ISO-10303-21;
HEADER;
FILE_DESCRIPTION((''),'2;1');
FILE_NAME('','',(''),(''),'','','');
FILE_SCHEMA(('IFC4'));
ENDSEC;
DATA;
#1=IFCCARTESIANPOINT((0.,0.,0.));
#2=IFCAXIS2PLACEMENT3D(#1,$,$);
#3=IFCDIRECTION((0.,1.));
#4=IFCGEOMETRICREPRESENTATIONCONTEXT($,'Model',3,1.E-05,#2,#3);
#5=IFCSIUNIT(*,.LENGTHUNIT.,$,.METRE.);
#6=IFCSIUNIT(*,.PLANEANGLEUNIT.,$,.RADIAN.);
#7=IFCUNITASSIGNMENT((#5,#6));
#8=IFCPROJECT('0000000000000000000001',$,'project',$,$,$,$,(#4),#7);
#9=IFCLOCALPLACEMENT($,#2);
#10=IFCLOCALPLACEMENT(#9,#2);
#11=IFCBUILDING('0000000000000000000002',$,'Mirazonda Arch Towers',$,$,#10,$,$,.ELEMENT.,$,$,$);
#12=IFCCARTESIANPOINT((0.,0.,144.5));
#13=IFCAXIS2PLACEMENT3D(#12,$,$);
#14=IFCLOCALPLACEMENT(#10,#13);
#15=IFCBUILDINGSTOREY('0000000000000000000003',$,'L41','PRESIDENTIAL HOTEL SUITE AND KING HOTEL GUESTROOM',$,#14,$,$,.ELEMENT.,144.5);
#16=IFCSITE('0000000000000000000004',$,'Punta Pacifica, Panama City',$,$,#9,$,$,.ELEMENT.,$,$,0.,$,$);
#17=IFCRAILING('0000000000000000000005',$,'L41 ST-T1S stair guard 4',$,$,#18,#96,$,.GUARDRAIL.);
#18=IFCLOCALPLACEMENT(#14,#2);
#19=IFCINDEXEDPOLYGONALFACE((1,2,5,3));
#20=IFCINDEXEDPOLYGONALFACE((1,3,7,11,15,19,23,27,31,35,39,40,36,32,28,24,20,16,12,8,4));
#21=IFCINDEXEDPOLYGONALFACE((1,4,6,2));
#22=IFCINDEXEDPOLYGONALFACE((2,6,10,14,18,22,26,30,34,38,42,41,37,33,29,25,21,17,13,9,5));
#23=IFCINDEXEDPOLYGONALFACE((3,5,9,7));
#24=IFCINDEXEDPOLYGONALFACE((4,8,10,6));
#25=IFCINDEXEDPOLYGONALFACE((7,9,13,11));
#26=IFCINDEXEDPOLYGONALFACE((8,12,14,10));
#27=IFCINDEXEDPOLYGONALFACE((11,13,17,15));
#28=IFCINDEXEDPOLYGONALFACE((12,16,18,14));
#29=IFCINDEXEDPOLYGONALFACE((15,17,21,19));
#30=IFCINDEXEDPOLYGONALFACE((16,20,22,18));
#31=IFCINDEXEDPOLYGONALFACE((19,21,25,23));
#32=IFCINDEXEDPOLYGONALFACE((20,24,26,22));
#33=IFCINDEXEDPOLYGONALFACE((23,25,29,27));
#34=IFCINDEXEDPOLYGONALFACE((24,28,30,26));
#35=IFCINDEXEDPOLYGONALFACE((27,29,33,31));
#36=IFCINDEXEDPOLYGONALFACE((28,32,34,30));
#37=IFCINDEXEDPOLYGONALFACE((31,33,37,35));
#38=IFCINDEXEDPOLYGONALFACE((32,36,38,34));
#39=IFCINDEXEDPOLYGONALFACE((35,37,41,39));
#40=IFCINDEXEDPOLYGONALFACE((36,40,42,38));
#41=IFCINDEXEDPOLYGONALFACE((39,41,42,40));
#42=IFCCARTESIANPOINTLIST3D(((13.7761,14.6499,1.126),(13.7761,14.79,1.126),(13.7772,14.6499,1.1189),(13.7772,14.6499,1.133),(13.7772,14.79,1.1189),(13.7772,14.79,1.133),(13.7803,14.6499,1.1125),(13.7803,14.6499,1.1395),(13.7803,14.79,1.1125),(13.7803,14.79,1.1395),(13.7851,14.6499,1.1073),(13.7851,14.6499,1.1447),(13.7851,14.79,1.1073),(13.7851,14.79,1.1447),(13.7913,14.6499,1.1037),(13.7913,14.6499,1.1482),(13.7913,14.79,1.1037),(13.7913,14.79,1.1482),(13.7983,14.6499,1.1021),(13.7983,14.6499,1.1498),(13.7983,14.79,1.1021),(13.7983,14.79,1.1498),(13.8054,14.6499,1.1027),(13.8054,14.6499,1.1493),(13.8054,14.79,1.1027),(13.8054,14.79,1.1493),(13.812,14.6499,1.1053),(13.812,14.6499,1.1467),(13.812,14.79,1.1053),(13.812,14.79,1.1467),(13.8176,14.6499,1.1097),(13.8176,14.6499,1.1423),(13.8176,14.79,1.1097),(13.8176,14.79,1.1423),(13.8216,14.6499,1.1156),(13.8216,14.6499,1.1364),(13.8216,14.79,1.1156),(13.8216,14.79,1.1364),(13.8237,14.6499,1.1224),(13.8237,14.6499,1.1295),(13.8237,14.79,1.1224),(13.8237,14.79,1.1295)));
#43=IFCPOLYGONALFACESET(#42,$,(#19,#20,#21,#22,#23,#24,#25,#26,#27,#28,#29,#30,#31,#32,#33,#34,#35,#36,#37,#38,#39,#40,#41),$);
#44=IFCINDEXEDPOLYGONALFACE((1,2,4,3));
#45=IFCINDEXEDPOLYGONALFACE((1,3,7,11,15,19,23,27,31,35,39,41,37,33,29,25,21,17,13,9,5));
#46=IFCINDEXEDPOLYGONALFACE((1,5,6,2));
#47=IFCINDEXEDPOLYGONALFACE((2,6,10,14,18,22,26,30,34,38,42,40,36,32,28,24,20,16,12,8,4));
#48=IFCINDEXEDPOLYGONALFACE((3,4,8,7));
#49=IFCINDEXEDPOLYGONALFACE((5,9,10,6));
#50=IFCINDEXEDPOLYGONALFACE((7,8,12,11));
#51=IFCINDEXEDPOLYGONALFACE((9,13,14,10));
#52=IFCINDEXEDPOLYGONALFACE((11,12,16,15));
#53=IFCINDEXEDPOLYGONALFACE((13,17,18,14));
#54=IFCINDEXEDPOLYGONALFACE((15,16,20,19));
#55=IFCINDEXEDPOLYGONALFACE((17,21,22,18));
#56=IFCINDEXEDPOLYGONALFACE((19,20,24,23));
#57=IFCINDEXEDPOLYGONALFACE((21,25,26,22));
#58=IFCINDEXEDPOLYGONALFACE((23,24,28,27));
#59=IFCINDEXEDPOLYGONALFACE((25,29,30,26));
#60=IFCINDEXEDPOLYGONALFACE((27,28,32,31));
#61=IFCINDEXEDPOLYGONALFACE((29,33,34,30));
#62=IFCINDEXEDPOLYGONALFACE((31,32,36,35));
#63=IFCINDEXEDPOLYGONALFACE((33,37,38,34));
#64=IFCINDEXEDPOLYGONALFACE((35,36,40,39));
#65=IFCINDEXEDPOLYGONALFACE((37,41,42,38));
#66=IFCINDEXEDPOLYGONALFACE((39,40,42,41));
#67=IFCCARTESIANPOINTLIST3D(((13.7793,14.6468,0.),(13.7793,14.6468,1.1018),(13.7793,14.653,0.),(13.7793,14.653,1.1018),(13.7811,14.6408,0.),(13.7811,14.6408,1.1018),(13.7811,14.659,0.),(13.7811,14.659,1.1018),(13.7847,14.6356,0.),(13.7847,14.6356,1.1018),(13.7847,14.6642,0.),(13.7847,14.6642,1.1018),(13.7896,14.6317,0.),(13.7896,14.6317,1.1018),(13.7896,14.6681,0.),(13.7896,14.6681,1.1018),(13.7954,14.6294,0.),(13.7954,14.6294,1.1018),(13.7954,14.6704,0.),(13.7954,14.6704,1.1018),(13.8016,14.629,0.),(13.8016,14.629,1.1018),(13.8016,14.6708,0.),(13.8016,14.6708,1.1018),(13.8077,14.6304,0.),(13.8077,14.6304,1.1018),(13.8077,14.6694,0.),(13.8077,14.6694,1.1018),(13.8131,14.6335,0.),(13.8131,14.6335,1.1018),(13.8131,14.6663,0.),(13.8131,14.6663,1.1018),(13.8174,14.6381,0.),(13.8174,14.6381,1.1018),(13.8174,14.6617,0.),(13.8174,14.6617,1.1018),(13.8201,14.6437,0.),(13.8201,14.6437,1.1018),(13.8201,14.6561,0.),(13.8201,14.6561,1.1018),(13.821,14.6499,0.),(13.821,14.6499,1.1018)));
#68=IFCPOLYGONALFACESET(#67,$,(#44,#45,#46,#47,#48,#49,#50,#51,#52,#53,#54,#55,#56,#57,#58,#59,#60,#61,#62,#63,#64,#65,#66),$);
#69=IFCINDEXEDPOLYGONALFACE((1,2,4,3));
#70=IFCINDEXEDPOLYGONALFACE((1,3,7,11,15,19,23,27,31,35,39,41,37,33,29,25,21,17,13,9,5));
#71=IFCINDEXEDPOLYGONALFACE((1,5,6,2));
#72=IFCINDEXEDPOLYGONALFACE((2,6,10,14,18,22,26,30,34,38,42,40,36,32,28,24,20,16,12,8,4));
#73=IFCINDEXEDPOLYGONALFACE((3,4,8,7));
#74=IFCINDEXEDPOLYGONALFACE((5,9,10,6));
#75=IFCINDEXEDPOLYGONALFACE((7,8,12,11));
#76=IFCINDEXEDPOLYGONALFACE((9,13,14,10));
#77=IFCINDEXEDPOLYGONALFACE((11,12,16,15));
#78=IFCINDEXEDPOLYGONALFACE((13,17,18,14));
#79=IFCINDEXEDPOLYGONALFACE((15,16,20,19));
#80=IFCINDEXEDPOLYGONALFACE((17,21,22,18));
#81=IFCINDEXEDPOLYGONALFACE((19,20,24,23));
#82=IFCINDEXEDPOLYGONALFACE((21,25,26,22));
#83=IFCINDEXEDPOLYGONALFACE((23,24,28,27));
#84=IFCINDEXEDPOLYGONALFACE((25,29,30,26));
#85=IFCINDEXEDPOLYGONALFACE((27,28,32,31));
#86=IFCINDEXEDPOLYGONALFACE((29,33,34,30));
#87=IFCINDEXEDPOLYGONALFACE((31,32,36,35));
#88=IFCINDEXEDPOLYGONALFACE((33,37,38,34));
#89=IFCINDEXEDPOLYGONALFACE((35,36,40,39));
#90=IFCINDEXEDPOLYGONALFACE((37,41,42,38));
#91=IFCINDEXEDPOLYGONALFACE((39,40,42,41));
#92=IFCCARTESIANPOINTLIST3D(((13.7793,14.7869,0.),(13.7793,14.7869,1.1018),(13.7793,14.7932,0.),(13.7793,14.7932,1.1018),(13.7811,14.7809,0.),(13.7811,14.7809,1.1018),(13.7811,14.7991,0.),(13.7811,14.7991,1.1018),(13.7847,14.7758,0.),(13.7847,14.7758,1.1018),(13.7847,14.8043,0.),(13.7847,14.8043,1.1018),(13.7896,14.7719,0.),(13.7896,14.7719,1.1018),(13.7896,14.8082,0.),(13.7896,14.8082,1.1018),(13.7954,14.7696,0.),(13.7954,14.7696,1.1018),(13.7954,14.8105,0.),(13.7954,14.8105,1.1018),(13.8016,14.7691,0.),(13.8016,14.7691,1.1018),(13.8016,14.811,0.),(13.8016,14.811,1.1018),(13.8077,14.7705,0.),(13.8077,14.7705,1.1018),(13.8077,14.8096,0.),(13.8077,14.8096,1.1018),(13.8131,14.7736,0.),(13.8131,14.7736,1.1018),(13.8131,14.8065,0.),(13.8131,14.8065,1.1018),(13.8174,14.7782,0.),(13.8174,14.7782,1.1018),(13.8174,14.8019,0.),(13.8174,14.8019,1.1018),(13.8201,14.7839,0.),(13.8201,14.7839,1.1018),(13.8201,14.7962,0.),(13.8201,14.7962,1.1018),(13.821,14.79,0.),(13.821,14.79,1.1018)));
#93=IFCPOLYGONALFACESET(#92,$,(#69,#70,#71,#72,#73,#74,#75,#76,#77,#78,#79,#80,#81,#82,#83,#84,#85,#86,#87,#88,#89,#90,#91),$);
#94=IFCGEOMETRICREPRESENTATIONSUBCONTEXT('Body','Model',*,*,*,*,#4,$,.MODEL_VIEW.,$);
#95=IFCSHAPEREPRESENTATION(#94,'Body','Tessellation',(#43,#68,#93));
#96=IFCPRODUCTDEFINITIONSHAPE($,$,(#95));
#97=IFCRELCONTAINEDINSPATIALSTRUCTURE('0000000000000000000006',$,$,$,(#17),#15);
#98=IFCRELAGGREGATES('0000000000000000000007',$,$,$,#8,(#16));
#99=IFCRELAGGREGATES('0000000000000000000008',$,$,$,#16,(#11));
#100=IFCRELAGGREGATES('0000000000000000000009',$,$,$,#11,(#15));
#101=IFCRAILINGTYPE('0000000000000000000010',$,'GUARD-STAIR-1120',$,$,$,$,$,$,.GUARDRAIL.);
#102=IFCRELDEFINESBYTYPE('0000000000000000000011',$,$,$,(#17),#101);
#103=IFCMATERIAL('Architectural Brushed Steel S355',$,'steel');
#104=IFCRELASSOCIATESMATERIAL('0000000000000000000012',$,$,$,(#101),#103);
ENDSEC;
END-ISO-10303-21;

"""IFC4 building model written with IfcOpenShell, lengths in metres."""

from ifc_helpers import new_model, si_unit, direction, frame, origin, origin_2d, place, context, subcontext, project, spatial, circle, extrude, material, type_object, element, save


model = new_model("IFC4")

# Units and contexts
model_context = context("Model", 3, precision=1e-05, world=origin(), true_north=direction((0.0, 1.0)))
body_context = subcontext(model_context, "Body", "Model", "MODEL_VIEW")
ifc_project = project(units=[si_unit("LENGTHUNIT", "METRE"), si_unit("PLANEANGLEUNIT", "RADIAN")], contexts=[model_context])

# Site, building, storey
site_placement = place(None, origin())
site = spatial("IfcSite", under=ifc_project, at=site_placement, Name="Punta Pacifica, Panama City", CompositionType="ELEMENT", RefElevation=0.0)
building_placement = place(site_placement, origin())
building = spatial("IfcBuilding", under=site, at=building_placement, Name="Mirazonda Arch Towers", CompositionType="ELEMENT")
storey_placement = place(building_placement, frame((0.0, 0.0, 144.5)))
storey = spatial("IfcBuildingStorey", under=building, at=storey_placement, Name="L41", Description="PRESIDENTIAL HOTEL SUITE AND KING HOTEL GUESTROOM", CompositionType="ELEMENT", Elevation=144.5)

# Shared definitions
ifc_material_1 = material(Name="Architectural Brushed Steel S355", Category="steel")

# Railing
railing_type_1 = type_object("IfcRailingType", Name="GUARD-STAIR-1120", PredefinedType="GUARDRAIL", material=ifc_material_1)
railing_1_placement = place(storey_placement, frame((13.8, 14.6499, 0.0)))
element("IfcRailing", 1, at=railing_1_placement, inside=storey, type_object=railing_type_1, Name="L41 ST-T1S stair guard 4", PredefinedType="GUARDRAIL", context=body_context, shape_type="SweptSolid", body=[
    extrude(circle(Radius=0.0239, at=origin_2d()), frame((0.0, 0.0, 1.126), z_axis=(0.0, 1.0, 0.0), x_axis=(-1.0, 0.0, 0.0)), (0.0, 0.0, 1.0), 0.1401),
    extrude(circle(Radius=0.021, at=origin_2d()), origin(), (0.0, 0.0, 1.0), 1.1018),
    extrude(circle(Radius=0.021, at=origin_2d()), frame((0.0, 0.1401, 0.0)), (0.0, 0.0, 1.0), 1.1018),
])

save(model, "model.ifc")
